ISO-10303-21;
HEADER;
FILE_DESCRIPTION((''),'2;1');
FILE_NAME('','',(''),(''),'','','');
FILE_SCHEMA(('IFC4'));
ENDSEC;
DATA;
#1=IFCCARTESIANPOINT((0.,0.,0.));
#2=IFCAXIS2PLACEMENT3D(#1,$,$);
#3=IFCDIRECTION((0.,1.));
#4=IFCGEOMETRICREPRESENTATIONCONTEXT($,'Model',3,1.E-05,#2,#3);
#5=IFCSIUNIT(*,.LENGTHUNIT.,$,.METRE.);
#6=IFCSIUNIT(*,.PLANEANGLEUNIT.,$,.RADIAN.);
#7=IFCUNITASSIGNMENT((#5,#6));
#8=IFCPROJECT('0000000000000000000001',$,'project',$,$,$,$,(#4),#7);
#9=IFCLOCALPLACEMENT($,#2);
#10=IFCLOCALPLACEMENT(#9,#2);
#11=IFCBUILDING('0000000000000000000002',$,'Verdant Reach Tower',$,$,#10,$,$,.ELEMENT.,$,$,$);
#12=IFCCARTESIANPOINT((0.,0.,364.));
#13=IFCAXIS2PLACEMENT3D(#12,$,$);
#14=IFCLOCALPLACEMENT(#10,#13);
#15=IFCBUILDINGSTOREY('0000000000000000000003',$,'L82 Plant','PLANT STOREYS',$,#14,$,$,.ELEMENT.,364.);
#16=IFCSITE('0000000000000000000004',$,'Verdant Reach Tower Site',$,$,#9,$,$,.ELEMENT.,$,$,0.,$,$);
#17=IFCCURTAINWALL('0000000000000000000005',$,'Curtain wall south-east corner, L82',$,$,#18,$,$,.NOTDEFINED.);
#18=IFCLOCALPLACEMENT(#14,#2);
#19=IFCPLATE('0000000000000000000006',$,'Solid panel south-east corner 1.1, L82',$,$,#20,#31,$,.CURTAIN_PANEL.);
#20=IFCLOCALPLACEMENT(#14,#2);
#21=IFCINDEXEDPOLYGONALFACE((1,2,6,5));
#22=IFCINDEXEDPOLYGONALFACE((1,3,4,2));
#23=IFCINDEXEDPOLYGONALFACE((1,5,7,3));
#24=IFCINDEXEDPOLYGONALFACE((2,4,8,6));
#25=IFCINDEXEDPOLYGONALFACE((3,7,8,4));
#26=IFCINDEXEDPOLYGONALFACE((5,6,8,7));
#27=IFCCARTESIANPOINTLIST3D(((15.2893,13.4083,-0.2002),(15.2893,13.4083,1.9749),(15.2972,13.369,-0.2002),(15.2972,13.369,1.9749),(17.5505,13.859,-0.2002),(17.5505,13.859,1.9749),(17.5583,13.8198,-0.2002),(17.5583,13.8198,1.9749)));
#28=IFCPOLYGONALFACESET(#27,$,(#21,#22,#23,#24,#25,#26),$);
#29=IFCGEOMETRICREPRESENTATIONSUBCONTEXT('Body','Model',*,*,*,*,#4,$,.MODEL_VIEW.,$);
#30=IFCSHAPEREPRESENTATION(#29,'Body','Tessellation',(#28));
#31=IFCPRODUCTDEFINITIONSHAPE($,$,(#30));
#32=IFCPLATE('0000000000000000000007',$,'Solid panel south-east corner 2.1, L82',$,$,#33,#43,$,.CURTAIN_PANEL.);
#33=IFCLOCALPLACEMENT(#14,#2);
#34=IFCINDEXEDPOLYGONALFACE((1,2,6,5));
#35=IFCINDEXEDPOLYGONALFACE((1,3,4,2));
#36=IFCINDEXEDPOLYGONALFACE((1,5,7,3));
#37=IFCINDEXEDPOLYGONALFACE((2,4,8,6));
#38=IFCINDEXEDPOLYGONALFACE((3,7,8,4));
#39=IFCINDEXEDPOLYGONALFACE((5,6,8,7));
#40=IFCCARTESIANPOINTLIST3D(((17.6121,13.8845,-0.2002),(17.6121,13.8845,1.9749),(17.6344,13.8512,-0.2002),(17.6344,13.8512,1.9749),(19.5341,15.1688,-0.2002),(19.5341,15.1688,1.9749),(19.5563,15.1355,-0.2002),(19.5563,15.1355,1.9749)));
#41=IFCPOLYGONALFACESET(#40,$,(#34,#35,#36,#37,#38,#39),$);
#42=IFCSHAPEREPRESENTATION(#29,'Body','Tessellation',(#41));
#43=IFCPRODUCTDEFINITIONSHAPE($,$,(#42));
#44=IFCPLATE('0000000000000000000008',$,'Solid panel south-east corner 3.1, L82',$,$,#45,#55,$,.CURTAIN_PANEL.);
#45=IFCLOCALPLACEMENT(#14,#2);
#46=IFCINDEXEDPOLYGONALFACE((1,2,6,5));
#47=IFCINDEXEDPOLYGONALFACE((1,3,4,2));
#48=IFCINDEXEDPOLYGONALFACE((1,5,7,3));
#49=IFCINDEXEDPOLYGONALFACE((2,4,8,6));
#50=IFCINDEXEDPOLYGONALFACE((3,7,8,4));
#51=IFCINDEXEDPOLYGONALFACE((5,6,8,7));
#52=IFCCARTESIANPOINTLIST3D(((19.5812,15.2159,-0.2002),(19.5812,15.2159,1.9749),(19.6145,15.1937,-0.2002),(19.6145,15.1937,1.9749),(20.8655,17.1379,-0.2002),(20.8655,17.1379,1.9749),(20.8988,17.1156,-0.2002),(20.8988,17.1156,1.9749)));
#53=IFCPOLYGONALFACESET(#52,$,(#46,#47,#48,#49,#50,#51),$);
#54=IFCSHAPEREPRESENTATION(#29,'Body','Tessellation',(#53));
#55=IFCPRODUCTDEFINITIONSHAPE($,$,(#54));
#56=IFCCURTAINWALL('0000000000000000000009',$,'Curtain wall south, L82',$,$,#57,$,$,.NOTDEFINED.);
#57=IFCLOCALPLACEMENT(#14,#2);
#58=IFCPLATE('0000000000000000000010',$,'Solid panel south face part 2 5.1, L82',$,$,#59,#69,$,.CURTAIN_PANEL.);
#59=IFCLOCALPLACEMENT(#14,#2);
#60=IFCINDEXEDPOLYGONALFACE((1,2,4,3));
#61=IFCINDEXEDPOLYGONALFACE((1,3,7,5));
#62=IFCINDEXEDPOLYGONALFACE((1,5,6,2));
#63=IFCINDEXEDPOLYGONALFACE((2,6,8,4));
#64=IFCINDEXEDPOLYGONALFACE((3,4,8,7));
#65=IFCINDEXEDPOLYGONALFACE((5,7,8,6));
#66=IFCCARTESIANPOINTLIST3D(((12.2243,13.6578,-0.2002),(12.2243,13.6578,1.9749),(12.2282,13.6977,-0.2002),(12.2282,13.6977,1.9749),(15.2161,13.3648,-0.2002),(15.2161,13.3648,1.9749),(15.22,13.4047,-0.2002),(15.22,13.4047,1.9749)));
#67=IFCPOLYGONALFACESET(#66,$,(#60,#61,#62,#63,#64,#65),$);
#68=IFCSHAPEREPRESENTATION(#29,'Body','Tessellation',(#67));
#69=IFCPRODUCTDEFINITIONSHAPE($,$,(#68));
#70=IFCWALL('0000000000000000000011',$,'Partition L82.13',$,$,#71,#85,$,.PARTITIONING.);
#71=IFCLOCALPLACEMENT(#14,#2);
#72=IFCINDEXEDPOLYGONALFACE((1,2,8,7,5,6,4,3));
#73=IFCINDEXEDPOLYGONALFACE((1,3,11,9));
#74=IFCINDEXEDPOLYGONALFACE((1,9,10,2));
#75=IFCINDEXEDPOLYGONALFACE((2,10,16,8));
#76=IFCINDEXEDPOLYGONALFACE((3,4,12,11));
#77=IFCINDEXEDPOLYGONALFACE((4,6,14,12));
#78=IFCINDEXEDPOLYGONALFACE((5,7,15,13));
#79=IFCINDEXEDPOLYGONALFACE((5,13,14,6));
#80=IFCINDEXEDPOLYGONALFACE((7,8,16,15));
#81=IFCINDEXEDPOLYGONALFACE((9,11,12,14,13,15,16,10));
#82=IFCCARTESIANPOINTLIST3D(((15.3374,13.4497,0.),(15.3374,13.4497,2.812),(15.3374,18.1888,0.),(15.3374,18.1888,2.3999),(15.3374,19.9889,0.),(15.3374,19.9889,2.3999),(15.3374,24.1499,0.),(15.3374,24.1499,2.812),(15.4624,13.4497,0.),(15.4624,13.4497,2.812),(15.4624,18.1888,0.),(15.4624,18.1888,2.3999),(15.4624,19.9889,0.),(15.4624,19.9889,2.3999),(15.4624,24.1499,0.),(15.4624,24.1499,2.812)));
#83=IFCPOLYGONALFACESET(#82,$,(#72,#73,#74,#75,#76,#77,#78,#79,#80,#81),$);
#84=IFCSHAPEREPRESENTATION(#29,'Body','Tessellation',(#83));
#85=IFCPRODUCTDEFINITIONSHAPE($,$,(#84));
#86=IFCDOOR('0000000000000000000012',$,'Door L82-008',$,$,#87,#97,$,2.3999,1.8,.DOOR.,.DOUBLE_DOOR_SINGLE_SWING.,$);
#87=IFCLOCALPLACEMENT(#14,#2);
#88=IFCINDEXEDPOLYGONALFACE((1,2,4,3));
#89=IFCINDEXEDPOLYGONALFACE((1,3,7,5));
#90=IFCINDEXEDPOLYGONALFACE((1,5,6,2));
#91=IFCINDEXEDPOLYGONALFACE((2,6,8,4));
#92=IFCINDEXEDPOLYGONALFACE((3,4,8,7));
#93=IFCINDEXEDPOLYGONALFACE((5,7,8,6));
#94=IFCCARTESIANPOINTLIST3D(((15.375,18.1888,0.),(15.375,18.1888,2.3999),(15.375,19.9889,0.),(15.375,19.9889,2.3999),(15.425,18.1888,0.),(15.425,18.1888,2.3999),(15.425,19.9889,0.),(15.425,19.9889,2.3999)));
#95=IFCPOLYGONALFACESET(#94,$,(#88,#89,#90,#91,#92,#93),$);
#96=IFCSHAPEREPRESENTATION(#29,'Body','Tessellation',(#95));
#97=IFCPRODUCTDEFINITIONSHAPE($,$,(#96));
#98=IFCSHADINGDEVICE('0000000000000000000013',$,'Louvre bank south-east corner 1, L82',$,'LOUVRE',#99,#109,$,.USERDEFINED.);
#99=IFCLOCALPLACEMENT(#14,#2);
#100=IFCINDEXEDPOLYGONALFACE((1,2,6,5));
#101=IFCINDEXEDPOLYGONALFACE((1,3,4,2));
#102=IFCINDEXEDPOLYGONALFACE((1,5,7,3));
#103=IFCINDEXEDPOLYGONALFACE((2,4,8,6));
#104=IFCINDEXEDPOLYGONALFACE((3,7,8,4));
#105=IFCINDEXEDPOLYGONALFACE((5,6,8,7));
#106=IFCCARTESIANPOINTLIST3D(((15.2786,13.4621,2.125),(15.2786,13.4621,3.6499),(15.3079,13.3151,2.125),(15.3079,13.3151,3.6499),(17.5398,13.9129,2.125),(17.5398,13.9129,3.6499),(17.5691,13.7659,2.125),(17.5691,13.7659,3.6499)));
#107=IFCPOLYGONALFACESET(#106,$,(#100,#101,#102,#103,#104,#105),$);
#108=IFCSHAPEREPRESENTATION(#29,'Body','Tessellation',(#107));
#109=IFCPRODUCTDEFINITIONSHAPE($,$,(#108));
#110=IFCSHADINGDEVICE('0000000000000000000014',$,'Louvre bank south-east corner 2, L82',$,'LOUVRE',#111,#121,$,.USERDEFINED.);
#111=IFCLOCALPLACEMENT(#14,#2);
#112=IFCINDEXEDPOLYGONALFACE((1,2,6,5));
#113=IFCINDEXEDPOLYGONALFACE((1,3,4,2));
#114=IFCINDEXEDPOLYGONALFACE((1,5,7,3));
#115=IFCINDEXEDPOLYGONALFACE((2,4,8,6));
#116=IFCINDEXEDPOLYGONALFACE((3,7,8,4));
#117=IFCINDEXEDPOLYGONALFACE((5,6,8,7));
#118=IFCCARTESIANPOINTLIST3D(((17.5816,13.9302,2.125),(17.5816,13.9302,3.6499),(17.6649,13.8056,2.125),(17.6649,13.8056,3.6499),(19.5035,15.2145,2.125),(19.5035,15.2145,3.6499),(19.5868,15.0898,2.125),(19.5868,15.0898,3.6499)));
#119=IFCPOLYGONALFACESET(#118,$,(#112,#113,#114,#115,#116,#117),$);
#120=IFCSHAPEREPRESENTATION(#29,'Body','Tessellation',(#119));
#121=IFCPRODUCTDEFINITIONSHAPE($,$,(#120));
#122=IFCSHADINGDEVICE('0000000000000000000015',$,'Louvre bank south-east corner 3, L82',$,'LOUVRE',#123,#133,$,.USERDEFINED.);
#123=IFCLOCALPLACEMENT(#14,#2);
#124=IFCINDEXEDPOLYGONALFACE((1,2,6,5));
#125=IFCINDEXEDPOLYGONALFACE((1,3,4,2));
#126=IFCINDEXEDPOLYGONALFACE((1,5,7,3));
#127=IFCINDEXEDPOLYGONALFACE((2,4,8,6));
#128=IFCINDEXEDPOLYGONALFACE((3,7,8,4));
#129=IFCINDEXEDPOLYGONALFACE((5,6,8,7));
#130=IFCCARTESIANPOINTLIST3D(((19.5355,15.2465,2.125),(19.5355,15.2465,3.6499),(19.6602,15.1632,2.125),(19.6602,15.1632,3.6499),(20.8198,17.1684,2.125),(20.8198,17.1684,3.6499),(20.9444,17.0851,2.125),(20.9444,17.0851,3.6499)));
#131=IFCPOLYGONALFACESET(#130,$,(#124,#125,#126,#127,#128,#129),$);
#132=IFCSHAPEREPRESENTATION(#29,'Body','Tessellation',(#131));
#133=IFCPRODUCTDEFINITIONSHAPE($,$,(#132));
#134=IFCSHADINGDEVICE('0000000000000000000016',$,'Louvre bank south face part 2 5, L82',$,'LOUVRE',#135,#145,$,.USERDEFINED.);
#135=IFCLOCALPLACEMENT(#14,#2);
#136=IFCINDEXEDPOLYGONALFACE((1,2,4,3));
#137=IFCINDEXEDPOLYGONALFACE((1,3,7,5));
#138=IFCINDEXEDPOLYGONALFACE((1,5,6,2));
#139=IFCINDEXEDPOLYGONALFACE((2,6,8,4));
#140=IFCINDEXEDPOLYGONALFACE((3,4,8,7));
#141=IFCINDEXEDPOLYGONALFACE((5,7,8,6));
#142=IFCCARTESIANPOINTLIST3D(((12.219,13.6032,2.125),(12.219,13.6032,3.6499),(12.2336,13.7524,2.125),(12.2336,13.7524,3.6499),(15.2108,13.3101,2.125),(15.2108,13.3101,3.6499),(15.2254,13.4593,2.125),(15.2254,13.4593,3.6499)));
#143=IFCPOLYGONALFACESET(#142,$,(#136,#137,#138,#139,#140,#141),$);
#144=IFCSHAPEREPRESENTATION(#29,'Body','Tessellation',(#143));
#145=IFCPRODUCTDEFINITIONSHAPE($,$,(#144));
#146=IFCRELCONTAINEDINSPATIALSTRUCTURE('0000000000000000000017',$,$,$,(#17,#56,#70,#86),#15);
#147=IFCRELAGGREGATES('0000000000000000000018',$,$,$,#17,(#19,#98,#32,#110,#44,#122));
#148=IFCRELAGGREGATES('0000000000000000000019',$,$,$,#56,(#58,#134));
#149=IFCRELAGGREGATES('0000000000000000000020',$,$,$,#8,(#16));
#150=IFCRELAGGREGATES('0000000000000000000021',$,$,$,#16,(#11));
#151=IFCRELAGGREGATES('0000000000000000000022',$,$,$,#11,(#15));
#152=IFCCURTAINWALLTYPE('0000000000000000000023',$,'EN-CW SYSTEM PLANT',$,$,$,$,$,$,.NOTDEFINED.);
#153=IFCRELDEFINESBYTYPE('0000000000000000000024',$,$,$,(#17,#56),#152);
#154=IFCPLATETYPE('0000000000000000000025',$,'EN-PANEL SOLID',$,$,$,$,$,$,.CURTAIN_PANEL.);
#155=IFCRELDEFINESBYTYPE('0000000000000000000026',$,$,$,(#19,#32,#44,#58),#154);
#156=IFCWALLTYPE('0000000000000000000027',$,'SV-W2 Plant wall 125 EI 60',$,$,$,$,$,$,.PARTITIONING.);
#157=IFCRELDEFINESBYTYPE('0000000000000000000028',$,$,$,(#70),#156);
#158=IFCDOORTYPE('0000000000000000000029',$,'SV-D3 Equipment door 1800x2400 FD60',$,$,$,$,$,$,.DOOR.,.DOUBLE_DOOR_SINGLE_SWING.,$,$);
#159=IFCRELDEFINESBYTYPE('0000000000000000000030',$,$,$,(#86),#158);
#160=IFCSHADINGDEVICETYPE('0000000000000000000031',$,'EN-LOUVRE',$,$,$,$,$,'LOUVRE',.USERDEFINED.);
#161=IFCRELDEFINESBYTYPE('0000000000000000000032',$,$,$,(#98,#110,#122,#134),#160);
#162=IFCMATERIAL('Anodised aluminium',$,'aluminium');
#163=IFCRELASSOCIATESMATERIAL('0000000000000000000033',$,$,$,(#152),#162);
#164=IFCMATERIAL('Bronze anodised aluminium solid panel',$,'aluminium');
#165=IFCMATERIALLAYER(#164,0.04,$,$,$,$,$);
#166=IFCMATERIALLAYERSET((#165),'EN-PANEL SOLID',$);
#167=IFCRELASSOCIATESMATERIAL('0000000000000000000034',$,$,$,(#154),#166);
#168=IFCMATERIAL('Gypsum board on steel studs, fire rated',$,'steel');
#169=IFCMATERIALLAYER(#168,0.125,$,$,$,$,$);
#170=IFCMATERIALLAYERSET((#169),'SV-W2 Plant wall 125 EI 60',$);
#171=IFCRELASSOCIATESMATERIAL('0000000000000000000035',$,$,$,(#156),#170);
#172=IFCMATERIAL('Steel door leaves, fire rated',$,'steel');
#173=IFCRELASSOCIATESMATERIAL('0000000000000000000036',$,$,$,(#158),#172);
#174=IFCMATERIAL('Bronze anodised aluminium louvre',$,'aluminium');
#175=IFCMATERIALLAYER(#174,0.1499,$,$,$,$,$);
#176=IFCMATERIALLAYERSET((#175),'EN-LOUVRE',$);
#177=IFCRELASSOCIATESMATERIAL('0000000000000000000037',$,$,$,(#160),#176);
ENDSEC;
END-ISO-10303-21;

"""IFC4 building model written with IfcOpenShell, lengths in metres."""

from ifc_helpers import new_model, si_unit, direction, frame, frame_2d, origin, origin_2d, place, context, subcontext, project, spatial, rectangle, extrude, material, layer, layer_set, type_object, element, fill, aggregate, save


model = new_model("IFC4")

# Units and contexts
model_context = context("Model", 3, precision=1e-05, world=origin(), true_north=direction((0.0, 1.0)))
body_context = subcontext(model_context, "Body", "Model", "MODEL_VIEW")
ifc_project = project(units=[si_unit("LENGTHUNIT", "METRE"), si_unit("PLANEANGLEUNIT", "RADIAN")], contexts=[model_context])

# Site, building, storey
site_placement = place(None, origin())
site = spatial("IfcSite", under=ifc_project, at=site_placement, Name="Verdant Reach Tower Site", CompositionType="ELEMENT", RefElevation=0.0)
building_placement = place(site_placement, origin())
building = spatial("IfcBuilding", under=site, at=building_placement, Name="Verdant Reach Tower", CompositionType="ELEMENT")
storey_placement = place(building_placement, frame((0.0, 0.0, 364.0)))
storey = spatial("IfcBuildingStorey", under=building, at=storey_placement, Name="L82 Plant", Description="PLANT STOREYS", CompositionType="ELEMENT", Elevation=364.0)

# Curtain wall
ifc_material_1 = material(Name="Anodised aluminium", Category="aluminium")
curtain_wall_type = type_object("IfcCurtainWallType", Name="EN-CW SYSTEM PLANT", PredefinedType="NOTDEFINED", material=ifc_material_1)
curtain_wall_1_placement = place(storey_placement, origin())
curtain_wall_1 = element("IfcCurtainWall", 1, at=curtain_wall_1_placement, inside=storey, type_object=curtain_wall_type, Name="Curtain wall south-east corner, L82", PredefinedType="NOTDEFINED")

# Plates
ifc_material_2 = material(Name="Bronze anodised aluminium solid panel", Category="aluminium")
ifc_layer_1 = layer(ifc_material_2, 0.04)
ifc_layer_set_1 = layer_set([ifc_layer_1], Name="EN-PANEL SOLID")
plate_type = type_object("IfcPlateType", Name="EN-PANEL SOLID", PredefinedType="CURTAIN_PANEL", material=ifc_layer_set_1)
plate_1_placement = place(storey_placement, frame((16.4238, 13.614, -0.2002), z_axis=(0.0, 0.0, 1.0), x_axis=(0.980705, 0.195493, 0.0)))
plate_1 = element("IfcPlate", 2, at=plate_1_placement, type_object=plate_type, Name="Solid panel south-east corner 1.1, L82", PredefinedType="CURTAIN_PANEL", context=body_context, shape_type="SweptSolid", body=[
    extrude(rectangle(XDim=2.3057, YDim=0.04, at=origin_2d()), origin(), (0.0, 0.0, 1.0), 2.175),
])
plate_2_placement = place(storey_placement, frame((18.5842, 14.51, -0.2002), z_axis=(0.0, 0.0, 1.0), x_axis=(0.831452, 0.555596, 0.0)))
plate_2 = element("IfcPlate", 3, at=plate_2_placement, type_object=plate_type, Name="Solid panel south-east corner 2.1, L82", PredefinedType="CURTAIN_PANEL", context=body_context, shape_type="SweptSolid", body=[
    extrude(rectangle(XDim=2.3115, YDim=0.04, at=origin_2d()), origin(), (0.0, 0.0, 1.0), 2.175),
])
plate_3_placement = place(storey_placement, frame((20.24, 16.1658, -0.2002), z_axis=(0.0, 0.0, 1.0), x_axis=(0.555596, 0.831452, 0.0)))
plate_3 = element("IfcPlate", 4, at=plate_3_placement, type_object=plate_type, Name="Solid panel south-east corner 3.1, L82", PredefinedType="CURTAIN_PANEL", context=body_context, shape_type="SweptSolid", body=[
    extrude(rectangle(XDim=2.3115, YDim=0.04, at=origin_2d()), origin(), (0.0, 0.0, 1.0), 2.175),
])

# Curtain wall, plate
curtain_wall_2_placement = place(storey_placement, origin())
curtain_wall_2 = element("IfcCurtainWall", 5, at=curtain_wall_2_placement, inside=storey, type_object=curtain_wall_type, Name="Curtain wall south, L82", PredefinedType="NOTDEFINED")
plate_4_placement = place(storey_placement, frame((13.7222, 13.5312, -0.2002), z_axis=(0.0, 0.0, 1.0), x_axis=(0.995238, -0.097473, 0.0)))
plate_4 = element("IfcPlate", 6, at=plate_4_placement, type_object=plate_type, Name="Solid panel south face part 2 5.1, L82", PredefinedType="CURTAIN_PANEL", context=body_context, shape_type="SweptSolid", body=[
    extrude(rectangle(XDim=3.0061, YDim=0.04, at=origin_2d()), origin(), (0.0, 0.0, 1.0), 2.175),
])

# Wall, opening, door
ifc_material_3 = material(Name="Gypsum board on steel studs, fire rated", Category="steel")
ifc_layer_2 = layer(ifc_material_3, 0.125)
ifc_layer_set_2 = layer_set([ifc_layer_2], Name="SV-W2 Plant wall 125 EI 60")
wall_type = type_object("IfcWallType", Name="SV-W2 Plant wall 125 EI 60", PredefinedType="PARTITIONING", material=ifc_layer_set_2)
wall_placement = place(storey_placement, frame((15.3999, 13.4497, 0.0), z_axis=(0.0, 0.0, 1.0), x_axis=(0.0, 1.0, 0.0)))
wall = element("IfcWall", 7, at=wall_placement, inside=storey, type_object=wall_type, Name="Partition L82.13", PredefinedType="PARTITIONING", context=body_context, shape_type="SweptSolid", body=[
    extrude(rectangle(XDim=10.7002, YDim=0.125, at=frame_2d((5.3501, 0.0))), origin(), (0.0, 0.0, 1.0), 2.812),
])
opening_placement = place(wall_placement, frame((4.7393, 0.0, 0.0)))
opening = element("IfcOpeningElement", 8, at=opening_placement, cuts=wall, PredefinedType="OPENING", context=body_context, shape_type="SweptSolid", body=[
    extrude(rectangle(XDim=1.8, YDim=2.3999, at=frame_2d((0.8999, 1.2))), frame((0.0, 0.0725, 0.0), z_axis=(0.0, -1.0, 0.0), x_axis=(1.0, 0.0, 0.0)), (0.0, 0.0, 1.0), 0.145),
])
ifc_material_4 = material(Name="Steel door leaves, fire rated", Category="steel")
door_type = type_object("IfcDoorType", Name="SV-D3 Equipment door 1800x2400 FD60", OperationType="DOUBLE_DOOR_SINGLE_SWING", PredefinedType="DOOR", material=ifc_material_4)
door_placement = place(opening_placement, origin())
door = element("IfcDoor", 9, at=door_placement, inside=storey, type_object=door_type, Name="Door L82-008", OperationType="DOUBLE_DOOR_SINGLE_SWING", OverallHeight=2.3999, OverallWidth=1.8, PredefinedType="DOOR", context=body_context, shape_type="SweptSolid", body=[
    extrude(rectangle(XDim=1.8, YDim=2.3999, at=frame_2d((0.8999, 1.2))), frame((0.0, 0.0249, 0.0), z_axis=(0.0, -1.0, 0.0), x_axis=(1.0, 0.0, 0.0)), (0.0, 0.0, 1.0), 0.05),
])
fill(opening, door)

# Shading devices
ifc_material_5 = material(Name="Bronze anodised aluminium louvre", Category="aluminium")
ifc_layer_3 = layer(ifc_material_5, 0.1499)
ifc_layer_set_3 = layer_set([ifc_layer_3], Name="EN-LOUVRE")
shading_device_type = type_object("IfcShadingDeviceType", Name="EN-LOUVRE", ElementType="LOUVRE", PredefinedType="USERDEFINED", material=ifc_layer_set_3)
shading_device_1_placement = place(storey_placement, frame((16.4238, 13.614, 2.125), z_axis=(0.0, 0.0, 1.0), x_axis=(0.980705, 0.195493, 0.0)))
shading_device_1 = element("IfcShadingDevice", 10, at=shading_device_1_placement, type_object=shading_device_type, Name="Louvre bank south-east corner 1, L82", ObjectType="LOUVRE", PredefinedType="USERDEFINED", context=body_context, shape_type="SweptSolid", body=[
    extrude(rectangle(XDim=2.3057, YDim=0.1499, at=origin_2d()), origin(), (0.0, 0.0, 1.0), 1.5249),
])
shading_device_2_placement = place(storey_placement, frame((18.5842, 14.51, 2.125), z_axis=(0.0, 0.0, 1.0), x_axis=(0.831452, 0.555596, 0.0)))
shading_device_2 = element("IfcShadingDevice", 11, at=shading_device_2_placement, type_object=shading_device_type, Name="Louvre bank south-east corner 2, L82", ObjectType="LOUVRE", PredefinedType="USERDEFINED", context=body_context, shape_type="SweptSolid", body=[
    extrude(rectangle(XDim=2.3115, YDim=0.1499, at=origin_2d()), origin(), (0.0, 0.0, 1.0), 1.5249),
])
shading_device_3_placement = place(storey_placement, frame((20.24, 16.1658, 2.125), z_axis=(0.0, 0.0, 1.0), x_axis=(0.555596, 0.831452, 0.0)))
shading_device_3 = element("IfcShadingDevice", 12, at=shading_device_3_placement, type_object=shading_device_type, Name="Louvre bank south-east corner 3, L82", ObjectType="LOUVRE", PredefinedType="USERDEFINED", context=body_context, shape_type="SweptSolid", body=[
    extrude(rectangle(XDim=2.3115, YDim=0.1499, at=origin_2d()), origin(), (0.0, 0.0, 1.0), 1.5249),
])
aggregate(curtain_wall_1, [plate_1, shading_device_1, plate_2, shading_device_2, plate_3, shading_device_3])
shading_device_4_placement = place(storey_placement, frame((13.7222, 13.5312, 2.125), z_axis=(0.0, 0.0, 1.0), x_axis=(0.995238, -0.097473, 0.0)))
shading_device_4 = element("IfcShadingDevice", 13, at=shading_device_4_placement, type_object=shading_device_type, Name="Louvre bank south face part 2 5, L82", ObjectType="LOUVRE", PredefinedType="USERDEFINED", context=body_context, shape_type="SweptSolid", body=[
    extrude(rectangle(XDim=3.0061, YDim=0.1499, at=origin_2d()), origin(), (0.0, 0.0, 1.0), 1.5249),
])
aggregate(curtain_wall_2, [plate_4, shading_device_4])

save(model, "model.ifc")
